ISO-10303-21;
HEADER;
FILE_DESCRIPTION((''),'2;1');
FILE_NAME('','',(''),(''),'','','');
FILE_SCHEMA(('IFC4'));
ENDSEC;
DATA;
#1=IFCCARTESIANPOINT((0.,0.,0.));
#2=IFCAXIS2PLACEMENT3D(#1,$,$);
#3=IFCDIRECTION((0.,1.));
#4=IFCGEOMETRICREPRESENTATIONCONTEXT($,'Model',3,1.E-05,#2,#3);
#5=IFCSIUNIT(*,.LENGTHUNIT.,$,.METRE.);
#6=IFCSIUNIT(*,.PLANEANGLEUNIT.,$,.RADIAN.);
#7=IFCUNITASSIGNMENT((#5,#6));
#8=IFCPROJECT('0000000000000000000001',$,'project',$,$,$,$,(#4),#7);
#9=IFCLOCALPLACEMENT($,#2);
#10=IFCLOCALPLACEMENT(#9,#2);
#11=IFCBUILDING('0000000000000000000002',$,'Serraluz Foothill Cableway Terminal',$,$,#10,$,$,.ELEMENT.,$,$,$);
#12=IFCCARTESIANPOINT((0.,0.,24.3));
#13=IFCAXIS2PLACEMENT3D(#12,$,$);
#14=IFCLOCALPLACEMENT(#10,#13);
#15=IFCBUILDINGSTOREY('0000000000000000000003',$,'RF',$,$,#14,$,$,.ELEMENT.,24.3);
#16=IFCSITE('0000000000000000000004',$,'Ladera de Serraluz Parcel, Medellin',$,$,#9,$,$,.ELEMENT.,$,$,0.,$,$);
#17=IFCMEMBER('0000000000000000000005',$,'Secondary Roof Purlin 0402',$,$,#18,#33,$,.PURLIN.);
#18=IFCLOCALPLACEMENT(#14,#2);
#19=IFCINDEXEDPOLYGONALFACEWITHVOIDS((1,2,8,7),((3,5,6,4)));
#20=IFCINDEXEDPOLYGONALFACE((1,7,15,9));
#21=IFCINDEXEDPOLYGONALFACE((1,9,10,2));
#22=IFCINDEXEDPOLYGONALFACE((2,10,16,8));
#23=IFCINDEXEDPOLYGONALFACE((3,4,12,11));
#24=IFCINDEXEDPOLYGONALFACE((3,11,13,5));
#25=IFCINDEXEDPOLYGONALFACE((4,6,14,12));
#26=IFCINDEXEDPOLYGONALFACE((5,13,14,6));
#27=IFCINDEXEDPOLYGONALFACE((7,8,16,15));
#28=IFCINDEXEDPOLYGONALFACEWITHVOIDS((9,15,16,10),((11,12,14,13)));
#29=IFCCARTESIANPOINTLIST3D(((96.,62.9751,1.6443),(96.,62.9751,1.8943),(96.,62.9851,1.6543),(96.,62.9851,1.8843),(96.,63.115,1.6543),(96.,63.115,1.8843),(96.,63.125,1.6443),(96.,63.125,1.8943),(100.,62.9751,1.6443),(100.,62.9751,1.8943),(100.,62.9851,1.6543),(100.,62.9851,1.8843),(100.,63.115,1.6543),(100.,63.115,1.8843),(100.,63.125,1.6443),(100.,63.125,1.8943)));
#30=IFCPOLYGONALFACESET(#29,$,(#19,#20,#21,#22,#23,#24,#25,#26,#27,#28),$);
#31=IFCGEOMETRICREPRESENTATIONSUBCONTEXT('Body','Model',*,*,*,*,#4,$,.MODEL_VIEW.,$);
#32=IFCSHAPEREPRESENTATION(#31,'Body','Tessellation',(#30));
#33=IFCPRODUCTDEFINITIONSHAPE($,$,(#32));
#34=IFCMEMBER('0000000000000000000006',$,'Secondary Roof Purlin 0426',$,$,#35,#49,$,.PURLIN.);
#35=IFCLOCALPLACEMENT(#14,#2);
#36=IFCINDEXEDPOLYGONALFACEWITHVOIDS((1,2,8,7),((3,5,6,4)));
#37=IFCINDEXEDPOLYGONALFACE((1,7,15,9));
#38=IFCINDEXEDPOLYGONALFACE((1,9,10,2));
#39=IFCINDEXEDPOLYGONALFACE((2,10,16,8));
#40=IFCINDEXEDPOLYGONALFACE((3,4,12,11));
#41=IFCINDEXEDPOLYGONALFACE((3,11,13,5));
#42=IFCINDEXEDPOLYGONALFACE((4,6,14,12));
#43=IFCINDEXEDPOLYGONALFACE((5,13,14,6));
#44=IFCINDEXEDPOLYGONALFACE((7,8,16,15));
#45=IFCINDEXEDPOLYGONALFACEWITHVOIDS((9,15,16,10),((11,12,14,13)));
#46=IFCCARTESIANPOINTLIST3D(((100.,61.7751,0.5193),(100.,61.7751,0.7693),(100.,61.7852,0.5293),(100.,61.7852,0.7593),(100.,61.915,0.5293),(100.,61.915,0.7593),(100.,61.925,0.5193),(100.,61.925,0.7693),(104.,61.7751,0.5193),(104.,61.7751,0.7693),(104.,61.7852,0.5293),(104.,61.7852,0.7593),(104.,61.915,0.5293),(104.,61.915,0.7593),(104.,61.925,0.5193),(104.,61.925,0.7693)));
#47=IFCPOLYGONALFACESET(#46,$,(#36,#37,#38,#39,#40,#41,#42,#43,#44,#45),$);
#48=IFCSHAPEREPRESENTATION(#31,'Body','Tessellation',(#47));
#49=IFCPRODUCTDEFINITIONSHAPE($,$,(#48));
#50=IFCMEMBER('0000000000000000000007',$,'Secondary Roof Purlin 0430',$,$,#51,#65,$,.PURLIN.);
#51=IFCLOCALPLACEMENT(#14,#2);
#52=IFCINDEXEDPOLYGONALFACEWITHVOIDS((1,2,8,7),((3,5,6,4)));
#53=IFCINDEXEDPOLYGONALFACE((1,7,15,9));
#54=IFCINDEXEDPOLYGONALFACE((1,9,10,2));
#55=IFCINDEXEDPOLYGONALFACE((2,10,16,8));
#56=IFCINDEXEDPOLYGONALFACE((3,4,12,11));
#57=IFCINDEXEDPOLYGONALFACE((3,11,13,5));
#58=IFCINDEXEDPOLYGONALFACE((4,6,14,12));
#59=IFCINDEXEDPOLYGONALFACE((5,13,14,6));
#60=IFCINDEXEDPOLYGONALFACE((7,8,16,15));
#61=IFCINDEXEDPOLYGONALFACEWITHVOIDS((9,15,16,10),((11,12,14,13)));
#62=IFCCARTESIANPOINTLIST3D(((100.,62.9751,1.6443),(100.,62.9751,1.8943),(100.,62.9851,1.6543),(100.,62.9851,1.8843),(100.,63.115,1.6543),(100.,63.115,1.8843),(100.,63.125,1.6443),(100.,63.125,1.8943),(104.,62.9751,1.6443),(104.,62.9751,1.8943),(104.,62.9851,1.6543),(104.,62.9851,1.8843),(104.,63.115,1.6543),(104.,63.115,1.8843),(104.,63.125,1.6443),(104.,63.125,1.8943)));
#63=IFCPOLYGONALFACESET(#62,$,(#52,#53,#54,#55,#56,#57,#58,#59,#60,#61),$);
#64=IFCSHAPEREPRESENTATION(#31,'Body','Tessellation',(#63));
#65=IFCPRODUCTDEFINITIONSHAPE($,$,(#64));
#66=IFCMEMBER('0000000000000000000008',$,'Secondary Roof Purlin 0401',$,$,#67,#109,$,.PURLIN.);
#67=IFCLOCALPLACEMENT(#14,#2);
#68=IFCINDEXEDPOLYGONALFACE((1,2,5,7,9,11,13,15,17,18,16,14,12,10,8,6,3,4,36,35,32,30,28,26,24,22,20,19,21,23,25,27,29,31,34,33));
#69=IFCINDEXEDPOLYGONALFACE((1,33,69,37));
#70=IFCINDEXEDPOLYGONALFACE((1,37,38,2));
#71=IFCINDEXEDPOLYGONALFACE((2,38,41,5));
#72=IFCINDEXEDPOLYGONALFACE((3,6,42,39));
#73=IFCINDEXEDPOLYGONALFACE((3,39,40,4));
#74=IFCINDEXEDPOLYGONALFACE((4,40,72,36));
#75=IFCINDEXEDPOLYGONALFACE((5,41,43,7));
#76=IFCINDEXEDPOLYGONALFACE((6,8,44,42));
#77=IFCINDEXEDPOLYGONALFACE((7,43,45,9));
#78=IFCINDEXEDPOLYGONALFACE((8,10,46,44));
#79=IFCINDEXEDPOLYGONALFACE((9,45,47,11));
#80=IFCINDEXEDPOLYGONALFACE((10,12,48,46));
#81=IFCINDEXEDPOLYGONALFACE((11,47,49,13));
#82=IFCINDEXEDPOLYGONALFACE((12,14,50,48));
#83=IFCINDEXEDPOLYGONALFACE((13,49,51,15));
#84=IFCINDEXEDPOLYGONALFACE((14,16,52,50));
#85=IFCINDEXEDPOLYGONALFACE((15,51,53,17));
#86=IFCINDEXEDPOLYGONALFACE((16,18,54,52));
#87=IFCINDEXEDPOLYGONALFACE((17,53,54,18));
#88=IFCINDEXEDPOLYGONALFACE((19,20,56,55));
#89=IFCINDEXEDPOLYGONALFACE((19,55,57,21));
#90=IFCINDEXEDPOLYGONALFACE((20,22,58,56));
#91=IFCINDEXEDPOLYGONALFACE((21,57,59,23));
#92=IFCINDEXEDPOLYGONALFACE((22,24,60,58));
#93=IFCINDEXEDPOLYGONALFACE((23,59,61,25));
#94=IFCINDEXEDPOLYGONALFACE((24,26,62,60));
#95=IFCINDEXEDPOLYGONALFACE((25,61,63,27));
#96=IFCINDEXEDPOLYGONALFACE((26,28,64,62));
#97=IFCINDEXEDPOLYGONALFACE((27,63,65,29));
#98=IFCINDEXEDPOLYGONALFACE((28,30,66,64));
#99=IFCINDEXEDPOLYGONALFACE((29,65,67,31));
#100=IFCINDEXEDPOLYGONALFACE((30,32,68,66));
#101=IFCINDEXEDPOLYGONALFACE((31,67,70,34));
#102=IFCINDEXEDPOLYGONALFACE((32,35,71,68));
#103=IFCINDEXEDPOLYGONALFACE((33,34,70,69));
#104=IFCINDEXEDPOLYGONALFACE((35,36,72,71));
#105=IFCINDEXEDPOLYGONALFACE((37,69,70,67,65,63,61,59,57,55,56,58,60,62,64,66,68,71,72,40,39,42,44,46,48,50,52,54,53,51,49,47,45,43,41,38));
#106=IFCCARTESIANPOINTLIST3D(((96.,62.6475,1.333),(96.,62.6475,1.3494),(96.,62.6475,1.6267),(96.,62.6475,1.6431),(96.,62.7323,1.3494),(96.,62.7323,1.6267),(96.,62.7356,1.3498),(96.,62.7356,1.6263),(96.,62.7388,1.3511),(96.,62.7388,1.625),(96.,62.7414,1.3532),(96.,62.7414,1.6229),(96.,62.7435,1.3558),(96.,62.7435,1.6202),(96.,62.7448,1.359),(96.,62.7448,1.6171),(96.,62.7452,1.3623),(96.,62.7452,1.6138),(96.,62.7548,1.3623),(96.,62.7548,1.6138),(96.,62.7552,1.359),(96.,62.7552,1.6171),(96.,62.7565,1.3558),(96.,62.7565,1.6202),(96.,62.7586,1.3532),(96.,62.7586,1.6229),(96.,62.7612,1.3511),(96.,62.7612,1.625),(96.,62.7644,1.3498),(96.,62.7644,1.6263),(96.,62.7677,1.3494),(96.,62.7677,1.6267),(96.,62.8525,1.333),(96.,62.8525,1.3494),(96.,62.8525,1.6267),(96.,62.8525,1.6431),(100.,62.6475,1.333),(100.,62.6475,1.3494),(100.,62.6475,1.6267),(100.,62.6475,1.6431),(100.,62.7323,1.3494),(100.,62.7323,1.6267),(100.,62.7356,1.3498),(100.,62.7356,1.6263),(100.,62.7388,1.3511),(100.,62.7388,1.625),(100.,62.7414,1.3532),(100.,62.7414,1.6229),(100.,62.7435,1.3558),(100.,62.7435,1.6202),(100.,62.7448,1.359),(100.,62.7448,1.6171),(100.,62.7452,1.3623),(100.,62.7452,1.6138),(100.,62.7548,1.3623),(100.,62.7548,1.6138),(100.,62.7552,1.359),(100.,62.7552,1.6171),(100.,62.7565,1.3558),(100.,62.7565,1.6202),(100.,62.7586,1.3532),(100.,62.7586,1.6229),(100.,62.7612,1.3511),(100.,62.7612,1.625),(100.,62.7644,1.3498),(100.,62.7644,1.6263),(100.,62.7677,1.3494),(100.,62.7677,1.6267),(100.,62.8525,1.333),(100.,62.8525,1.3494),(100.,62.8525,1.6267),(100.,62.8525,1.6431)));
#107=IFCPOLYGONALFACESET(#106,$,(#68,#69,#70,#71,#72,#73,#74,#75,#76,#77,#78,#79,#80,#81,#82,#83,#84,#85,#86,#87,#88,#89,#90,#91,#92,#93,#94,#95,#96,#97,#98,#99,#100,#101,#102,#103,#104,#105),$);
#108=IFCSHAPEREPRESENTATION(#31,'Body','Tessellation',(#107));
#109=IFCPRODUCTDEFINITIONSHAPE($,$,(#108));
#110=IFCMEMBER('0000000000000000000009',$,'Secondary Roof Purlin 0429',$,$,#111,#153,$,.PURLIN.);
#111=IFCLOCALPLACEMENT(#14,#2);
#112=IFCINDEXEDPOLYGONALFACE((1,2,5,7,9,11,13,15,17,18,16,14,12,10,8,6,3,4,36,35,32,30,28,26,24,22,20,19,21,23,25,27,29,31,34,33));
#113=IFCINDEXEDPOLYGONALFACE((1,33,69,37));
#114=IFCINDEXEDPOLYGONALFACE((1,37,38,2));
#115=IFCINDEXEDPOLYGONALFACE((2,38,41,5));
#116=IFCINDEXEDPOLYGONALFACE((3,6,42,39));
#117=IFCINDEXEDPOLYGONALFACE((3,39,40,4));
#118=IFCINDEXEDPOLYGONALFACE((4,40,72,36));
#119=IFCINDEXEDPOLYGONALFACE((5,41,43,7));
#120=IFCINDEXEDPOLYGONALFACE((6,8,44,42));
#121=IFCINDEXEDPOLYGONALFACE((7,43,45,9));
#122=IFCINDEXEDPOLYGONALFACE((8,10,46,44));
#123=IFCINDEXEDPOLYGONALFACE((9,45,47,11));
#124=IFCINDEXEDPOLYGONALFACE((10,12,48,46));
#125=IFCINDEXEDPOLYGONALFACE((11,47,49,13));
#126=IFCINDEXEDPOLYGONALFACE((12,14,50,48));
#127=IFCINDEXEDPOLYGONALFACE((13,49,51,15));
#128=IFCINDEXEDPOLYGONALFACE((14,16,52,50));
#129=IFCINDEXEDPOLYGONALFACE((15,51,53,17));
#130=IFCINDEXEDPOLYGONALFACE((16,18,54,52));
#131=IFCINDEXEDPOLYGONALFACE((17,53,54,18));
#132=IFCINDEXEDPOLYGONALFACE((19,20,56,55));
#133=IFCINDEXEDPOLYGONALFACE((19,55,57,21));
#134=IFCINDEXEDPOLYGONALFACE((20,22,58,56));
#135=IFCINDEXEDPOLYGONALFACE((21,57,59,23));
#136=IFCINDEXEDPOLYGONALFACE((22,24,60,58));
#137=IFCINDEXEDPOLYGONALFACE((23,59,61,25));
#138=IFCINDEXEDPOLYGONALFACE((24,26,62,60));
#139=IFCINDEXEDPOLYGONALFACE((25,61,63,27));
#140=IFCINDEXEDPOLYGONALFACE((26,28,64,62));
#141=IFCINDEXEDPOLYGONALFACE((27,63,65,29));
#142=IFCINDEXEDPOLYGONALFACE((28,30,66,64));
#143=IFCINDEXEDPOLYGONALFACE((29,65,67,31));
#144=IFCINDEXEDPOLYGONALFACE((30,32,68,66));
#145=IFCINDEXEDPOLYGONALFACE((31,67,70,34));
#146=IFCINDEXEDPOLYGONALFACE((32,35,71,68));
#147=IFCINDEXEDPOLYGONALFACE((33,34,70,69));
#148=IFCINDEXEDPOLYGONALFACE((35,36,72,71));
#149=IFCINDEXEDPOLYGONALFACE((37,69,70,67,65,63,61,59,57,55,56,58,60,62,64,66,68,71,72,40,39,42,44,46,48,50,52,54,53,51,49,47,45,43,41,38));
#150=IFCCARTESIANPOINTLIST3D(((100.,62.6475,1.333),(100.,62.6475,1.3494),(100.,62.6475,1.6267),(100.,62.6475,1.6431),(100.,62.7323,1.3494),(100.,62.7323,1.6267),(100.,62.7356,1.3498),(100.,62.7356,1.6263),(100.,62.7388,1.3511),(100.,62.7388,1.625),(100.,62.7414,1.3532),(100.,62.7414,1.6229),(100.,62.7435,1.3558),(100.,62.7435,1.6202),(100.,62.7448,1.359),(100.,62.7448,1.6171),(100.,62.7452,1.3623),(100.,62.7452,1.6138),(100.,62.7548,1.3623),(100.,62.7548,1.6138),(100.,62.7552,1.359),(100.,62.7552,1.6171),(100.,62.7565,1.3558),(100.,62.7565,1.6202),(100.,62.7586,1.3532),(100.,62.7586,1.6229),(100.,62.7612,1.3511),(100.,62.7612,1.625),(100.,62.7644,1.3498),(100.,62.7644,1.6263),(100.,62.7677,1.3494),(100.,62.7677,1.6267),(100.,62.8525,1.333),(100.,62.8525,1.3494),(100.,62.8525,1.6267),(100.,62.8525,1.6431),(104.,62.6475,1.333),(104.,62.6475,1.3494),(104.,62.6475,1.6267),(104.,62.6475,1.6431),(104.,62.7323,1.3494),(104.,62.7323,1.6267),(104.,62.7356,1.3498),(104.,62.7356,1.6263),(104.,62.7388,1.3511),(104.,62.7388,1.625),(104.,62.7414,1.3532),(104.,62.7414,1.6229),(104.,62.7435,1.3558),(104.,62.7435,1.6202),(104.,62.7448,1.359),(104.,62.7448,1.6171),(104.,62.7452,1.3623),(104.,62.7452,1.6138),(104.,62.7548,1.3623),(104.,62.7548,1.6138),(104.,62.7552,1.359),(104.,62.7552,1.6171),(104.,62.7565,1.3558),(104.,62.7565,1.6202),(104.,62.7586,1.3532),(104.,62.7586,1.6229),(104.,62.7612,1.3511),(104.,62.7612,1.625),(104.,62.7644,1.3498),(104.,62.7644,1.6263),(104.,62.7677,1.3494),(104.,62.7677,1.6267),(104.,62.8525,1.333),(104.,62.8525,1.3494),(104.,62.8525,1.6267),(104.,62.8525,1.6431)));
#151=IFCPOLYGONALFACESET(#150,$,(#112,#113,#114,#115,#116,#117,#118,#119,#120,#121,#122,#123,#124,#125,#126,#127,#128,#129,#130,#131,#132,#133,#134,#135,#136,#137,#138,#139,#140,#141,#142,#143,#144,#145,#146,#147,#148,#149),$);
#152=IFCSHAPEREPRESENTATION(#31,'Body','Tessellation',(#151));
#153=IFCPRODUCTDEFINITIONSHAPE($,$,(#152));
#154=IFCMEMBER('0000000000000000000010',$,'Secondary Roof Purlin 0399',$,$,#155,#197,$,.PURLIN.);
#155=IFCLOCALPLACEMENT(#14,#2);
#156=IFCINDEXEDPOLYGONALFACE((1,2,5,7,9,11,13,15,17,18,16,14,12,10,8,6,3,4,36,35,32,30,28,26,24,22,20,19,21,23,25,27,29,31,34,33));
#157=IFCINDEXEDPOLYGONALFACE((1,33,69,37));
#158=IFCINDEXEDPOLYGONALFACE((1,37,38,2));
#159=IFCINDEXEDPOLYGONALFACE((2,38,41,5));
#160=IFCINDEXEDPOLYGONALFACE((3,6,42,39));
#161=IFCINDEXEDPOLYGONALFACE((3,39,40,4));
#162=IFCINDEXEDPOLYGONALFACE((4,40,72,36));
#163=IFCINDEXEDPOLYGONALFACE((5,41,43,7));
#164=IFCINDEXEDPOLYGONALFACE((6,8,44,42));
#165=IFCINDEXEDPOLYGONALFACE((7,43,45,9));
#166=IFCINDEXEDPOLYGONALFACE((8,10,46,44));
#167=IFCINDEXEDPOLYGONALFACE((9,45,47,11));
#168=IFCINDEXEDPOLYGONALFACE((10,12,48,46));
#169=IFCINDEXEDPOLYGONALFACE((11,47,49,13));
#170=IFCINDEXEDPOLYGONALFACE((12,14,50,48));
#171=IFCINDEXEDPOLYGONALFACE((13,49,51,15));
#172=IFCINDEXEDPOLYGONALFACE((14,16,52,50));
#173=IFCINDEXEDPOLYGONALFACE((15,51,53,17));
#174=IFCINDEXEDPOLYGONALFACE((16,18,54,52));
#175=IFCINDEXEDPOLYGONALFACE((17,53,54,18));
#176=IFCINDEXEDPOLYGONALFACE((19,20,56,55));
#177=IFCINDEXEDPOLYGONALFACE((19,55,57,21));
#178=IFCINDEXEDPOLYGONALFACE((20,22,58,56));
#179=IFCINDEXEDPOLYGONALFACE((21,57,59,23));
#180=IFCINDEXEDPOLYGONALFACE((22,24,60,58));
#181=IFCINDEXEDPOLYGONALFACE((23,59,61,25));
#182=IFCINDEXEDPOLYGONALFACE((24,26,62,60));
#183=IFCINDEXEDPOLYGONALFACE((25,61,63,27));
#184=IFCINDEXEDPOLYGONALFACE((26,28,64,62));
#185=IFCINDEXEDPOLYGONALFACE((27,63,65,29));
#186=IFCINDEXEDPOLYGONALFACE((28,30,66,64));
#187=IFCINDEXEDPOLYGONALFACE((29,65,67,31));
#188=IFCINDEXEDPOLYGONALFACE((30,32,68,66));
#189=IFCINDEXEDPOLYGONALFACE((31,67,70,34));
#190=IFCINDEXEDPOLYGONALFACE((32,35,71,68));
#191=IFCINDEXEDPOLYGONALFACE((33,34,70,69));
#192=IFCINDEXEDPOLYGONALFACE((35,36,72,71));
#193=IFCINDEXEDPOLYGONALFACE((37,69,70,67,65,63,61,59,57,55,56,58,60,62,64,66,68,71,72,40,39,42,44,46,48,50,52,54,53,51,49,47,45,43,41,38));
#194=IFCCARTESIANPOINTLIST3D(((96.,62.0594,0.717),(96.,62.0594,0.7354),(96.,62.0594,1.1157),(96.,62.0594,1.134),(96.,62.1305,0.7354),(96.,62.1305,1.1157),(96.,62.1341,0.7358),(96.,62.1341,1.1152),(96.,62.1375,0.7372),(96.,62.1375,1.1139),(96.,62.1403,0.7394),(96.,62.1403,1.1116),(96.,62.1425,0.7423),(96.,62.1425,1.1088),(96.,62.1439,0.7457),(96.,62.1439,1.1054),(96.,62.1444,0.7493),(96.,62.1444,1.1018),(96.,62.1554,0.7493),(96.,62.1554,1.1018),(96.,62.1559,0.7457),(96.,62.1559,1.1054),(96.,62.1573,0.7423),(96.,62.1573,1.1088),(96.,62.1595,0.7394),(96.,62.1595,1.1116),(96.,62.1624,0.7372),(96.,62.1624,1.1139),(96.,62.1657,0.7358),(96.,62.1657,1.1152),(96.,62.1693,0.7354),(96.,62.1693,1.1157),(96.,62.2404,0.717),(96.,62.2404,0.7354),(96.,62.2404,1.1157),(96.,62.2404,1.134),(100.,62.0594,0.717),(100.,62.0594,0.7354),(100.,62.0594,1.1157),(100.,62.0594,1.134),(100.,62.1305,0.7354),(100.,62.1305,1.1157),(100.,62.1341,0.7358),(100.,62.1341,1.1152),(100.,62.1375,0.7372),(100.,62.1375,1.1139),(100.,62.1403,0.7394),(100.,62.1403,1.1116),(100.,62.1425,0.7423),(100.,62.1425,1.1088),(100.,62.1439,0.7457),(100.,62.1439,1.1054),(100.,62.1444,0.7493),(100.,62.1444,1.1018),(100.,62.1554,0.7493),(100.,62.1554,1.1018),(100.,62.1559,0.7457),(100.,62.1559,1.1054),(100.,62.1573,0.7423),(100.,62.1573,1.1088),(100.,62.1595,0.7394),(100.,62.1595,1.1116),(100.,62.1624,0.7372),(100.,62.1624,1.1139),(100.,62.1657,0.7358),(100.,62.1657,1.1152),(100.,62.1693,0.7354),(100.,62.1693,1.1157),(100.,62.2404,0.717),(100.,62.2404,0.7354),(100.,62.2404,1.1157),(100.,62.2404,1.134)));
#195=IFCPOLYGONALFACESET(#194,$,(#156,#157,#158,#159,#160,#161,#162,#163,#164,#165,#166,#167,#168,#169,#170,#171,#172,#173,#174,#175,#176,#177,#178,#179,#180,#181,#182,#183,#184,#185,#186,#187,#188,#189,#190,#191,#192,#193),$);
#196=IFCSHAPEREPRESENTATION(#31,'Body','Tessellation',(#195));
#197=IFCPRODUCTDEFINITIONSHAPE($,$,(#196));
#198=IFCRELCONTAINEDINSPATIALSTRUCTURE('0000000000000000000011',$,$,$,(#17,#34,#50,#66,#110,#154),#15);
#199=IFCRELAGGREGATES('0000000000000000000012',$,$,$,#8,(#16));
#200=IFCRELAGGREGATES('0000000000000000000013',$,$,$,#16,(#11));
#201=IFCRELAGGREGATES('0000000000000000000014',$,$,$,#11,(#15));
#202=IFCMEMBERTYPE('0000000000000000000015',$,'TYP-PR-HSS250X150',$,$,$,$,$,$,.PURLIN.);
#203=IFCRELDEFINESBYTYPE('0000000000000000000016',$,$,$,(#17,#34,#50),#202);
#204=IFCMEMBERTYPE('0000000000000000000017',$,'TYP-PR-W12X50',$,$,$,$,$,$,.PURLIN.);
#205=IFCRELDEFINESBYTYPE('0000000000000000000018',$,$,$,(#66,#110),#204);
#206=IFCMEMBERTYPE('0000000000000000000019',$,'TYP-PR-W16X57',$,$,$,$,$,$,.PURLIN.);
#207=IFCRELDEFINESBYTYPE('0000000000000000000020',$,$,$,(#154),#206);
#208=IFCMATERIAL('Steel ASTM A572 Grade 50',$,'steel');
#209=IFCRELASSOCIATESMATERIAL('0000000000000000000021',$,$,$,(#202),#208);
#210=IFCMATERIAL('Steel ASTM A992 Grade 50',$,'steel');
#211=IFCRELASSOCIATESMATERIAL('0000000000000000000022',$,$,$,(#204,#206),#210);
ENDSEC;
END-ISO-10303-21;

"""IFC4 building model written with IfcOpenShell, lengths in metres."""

from ifc_helpers import new_model, si_unit, direction, frame, origin, origin_2d, place, context, subcontext, project, spatial, hollow_rectangle, i_section, extrude, material, material_profile, profile_set, type_object, element, save


model = new_model("IFC4")

# Units and contexts
model_context = context("Model", 3, precision=1e-05, world=origin(), true_north=direction((0.0, 1.0)))
body_context = subcontext(model_context, "Body", "Model", "MODEL_VIEW")
ifc_project = project(units=[si_unit("LENGTHUNIT", "METRE"), si_unit("PLANEANGLEUNIT", "RADIAN")], contexts=[model_context])

# Site, building, storey
site_placement = place(None, origin())
site = spatial("IfcSite", under=ifc_project, at=site_placement, Name="Ladera de Serraluz Parcel, Medellin", CompositionType="ELEMENT", RefElevation=0.0)
building_placement = place(site_placement, origin())
building = spatial("IfcBuilding", under=site, at=building_placement, Name="Serraluz Foothill Cableway Terminal", CompositionType="ELEMENT")
storey_placement = place(building_placement, frame((0.0, 0.0, 24.3)))
storey = spatial("IfcBuildingStorey", under=building, at=storey_placement, Name="RF", CompositionType="ELEMENT", Elevation=24.3)

# Members
ifc_material_1 = material(Name="Steel ASTM A572 Grade 50", Category="steel")
ifc_material_profile_1 = material_profile(ifc_material_1, hollow_rectangle(XDim=0.1499, YDim=0.25, WallThickness=0.01, at=origin_2d()), Name="HSS250X150X10")
ifc_profile_set_1 = profile_set([ifc_material_profile_1], Name="Steel ASTM A572 Grade 50")
member_type_1 = type_object("IfcMemberType", Name="TYP-PR-HSS250X150", PredefinedType="PURLIN", material=ifc_profile_set_1)
for number, where, z_axis, x_axis, name in (
    (1, (96.0, 63.05, 1.7693), (1.0, 0.0, 0.0), (0.0, 1.0, 0.0), "Secondary Roof Purlin 0402"),
    (2, (100.0, 61.8501, 0.6443), (1.0, 0.0, 0.0), (0.0, 1.0, 0.0), "Secondary Roof Purlin 0426"),
    (3, (100.0, 63.05, 1.7693), (1.0, 0.0, 0.0), (0.0, 1.0, 0.0), "Secondary Roof Purlin 0430"),
):
    element("IfcMember", number, at=place(storey_placement, frame(where, z_axis=z_axis, x_axis=x_axis)), inside=storey, type_object=member_type_1, Name=name, PredefinedType="PURLIN", context=body_context, shape_type="SweptSolid", body=[
        extrude(hollow_rectangle(XDim=0.1499, YDim=0.25, WallThickness=0.01, at=origin_2d()), origin(), (0.0, 0.0, 1.0), 4.0),
    ])
ifc_material_2 = material(Name="Steel ASTM A992 Grade 50", Category="steel")
ifc_material_profile_2 = material_profile(ifc_material_2, i_section(OverallWidth=0.2051, OverallDepth=0.3101, WebThickness=0.0095, FlangeThickness=0.0164, FilletRadius=0.0129, at=origin_2d()), Name="W12X50")
ifc_profile_set_2 = profile_set([ifc_material_profile_2], Name="Steel ASTM A992 Grade 50")
member_type_2 = type_object("IfcMemberType", Name="TYP-PR-W12X50", PredefinedType="PURLIN", material=ifc_profile_set_2)
for number, where, z_axis, x_axis, name in (
    (4, (96.0, 62.75, 1.488), (1.0, 0.0, 0.0), (0.0, 1.0, 0.0), "Secondary Roof Purlin 0401"),
    (5, (100.0, 62.75, 1.488), (1.0, 0.0, 0.0), (0.0, 1.0, 0.0), "Secondary Roof Purlin 0429"),
):
    element("IfcMember", number, at=place(storey_placement, frame(where, z_axis=z_axis, x_axis=x_axis)), inside=storey, type_object=member_type_2, Name=name, PredefinedType="PURLIN", context=body_context, shape_type="SweptSolid", body=[
        extrude(i_section(OverallWidth=0.2051, OverallDepth=0.3101, WebThickness=0.0095, FlangeThickness=0.0164, FilletRadius=0.0129, at=origin_2d()), origin(), (0.0, 0.0, 1.0), 4.0),
    ])
ifc_material_profile_3 = material_profile(ifc_material_2, i_section(OverallWidth=0.1809, OverallDepth=0.417, WebThickness=0.011, FlangeThickness=0.0183, FilletRadius=0.0139, at=origin_2d()), Name="W16X57")
ifc_profile_set_3 = profile_set([ifc_material_profile_3], Name="Steel ASTM A992 Grade 50")
member_type_3 = type_object("IfcMemberType", Name="TYP-PR-W16X57", PredefinedType="PURLIN", material=ifc_profile_set_3)
for number, where, z_axis, x_axis, name in (
    (6, (96.0, 62.1499, 0.9255), (1.0, 0.0, 0.0), (0.0, 1.0, 0.0), "Secondary Roof Purlin 0399"),
):
    element("IfcMember", number, at=place(storey_placement, frame(where, z_axis=z_axis, x_axis=x_axis)), inside=storey, type_object=member_type_3, Name=name, PredefinedType="PURLIN", context=body_context, shape_type="SweptSolid", body=[
        extrude(i_section(OverallWidth=0.1809, OverallDepth=0.417, WebThickness=0.011, FlangeThickness=0.0183, FilletRadius=0.0139, at=origin_2d()), origin(), (0.0, 0.0, 1.0), 4.0),
    ])

save(model, "model.ifc")
